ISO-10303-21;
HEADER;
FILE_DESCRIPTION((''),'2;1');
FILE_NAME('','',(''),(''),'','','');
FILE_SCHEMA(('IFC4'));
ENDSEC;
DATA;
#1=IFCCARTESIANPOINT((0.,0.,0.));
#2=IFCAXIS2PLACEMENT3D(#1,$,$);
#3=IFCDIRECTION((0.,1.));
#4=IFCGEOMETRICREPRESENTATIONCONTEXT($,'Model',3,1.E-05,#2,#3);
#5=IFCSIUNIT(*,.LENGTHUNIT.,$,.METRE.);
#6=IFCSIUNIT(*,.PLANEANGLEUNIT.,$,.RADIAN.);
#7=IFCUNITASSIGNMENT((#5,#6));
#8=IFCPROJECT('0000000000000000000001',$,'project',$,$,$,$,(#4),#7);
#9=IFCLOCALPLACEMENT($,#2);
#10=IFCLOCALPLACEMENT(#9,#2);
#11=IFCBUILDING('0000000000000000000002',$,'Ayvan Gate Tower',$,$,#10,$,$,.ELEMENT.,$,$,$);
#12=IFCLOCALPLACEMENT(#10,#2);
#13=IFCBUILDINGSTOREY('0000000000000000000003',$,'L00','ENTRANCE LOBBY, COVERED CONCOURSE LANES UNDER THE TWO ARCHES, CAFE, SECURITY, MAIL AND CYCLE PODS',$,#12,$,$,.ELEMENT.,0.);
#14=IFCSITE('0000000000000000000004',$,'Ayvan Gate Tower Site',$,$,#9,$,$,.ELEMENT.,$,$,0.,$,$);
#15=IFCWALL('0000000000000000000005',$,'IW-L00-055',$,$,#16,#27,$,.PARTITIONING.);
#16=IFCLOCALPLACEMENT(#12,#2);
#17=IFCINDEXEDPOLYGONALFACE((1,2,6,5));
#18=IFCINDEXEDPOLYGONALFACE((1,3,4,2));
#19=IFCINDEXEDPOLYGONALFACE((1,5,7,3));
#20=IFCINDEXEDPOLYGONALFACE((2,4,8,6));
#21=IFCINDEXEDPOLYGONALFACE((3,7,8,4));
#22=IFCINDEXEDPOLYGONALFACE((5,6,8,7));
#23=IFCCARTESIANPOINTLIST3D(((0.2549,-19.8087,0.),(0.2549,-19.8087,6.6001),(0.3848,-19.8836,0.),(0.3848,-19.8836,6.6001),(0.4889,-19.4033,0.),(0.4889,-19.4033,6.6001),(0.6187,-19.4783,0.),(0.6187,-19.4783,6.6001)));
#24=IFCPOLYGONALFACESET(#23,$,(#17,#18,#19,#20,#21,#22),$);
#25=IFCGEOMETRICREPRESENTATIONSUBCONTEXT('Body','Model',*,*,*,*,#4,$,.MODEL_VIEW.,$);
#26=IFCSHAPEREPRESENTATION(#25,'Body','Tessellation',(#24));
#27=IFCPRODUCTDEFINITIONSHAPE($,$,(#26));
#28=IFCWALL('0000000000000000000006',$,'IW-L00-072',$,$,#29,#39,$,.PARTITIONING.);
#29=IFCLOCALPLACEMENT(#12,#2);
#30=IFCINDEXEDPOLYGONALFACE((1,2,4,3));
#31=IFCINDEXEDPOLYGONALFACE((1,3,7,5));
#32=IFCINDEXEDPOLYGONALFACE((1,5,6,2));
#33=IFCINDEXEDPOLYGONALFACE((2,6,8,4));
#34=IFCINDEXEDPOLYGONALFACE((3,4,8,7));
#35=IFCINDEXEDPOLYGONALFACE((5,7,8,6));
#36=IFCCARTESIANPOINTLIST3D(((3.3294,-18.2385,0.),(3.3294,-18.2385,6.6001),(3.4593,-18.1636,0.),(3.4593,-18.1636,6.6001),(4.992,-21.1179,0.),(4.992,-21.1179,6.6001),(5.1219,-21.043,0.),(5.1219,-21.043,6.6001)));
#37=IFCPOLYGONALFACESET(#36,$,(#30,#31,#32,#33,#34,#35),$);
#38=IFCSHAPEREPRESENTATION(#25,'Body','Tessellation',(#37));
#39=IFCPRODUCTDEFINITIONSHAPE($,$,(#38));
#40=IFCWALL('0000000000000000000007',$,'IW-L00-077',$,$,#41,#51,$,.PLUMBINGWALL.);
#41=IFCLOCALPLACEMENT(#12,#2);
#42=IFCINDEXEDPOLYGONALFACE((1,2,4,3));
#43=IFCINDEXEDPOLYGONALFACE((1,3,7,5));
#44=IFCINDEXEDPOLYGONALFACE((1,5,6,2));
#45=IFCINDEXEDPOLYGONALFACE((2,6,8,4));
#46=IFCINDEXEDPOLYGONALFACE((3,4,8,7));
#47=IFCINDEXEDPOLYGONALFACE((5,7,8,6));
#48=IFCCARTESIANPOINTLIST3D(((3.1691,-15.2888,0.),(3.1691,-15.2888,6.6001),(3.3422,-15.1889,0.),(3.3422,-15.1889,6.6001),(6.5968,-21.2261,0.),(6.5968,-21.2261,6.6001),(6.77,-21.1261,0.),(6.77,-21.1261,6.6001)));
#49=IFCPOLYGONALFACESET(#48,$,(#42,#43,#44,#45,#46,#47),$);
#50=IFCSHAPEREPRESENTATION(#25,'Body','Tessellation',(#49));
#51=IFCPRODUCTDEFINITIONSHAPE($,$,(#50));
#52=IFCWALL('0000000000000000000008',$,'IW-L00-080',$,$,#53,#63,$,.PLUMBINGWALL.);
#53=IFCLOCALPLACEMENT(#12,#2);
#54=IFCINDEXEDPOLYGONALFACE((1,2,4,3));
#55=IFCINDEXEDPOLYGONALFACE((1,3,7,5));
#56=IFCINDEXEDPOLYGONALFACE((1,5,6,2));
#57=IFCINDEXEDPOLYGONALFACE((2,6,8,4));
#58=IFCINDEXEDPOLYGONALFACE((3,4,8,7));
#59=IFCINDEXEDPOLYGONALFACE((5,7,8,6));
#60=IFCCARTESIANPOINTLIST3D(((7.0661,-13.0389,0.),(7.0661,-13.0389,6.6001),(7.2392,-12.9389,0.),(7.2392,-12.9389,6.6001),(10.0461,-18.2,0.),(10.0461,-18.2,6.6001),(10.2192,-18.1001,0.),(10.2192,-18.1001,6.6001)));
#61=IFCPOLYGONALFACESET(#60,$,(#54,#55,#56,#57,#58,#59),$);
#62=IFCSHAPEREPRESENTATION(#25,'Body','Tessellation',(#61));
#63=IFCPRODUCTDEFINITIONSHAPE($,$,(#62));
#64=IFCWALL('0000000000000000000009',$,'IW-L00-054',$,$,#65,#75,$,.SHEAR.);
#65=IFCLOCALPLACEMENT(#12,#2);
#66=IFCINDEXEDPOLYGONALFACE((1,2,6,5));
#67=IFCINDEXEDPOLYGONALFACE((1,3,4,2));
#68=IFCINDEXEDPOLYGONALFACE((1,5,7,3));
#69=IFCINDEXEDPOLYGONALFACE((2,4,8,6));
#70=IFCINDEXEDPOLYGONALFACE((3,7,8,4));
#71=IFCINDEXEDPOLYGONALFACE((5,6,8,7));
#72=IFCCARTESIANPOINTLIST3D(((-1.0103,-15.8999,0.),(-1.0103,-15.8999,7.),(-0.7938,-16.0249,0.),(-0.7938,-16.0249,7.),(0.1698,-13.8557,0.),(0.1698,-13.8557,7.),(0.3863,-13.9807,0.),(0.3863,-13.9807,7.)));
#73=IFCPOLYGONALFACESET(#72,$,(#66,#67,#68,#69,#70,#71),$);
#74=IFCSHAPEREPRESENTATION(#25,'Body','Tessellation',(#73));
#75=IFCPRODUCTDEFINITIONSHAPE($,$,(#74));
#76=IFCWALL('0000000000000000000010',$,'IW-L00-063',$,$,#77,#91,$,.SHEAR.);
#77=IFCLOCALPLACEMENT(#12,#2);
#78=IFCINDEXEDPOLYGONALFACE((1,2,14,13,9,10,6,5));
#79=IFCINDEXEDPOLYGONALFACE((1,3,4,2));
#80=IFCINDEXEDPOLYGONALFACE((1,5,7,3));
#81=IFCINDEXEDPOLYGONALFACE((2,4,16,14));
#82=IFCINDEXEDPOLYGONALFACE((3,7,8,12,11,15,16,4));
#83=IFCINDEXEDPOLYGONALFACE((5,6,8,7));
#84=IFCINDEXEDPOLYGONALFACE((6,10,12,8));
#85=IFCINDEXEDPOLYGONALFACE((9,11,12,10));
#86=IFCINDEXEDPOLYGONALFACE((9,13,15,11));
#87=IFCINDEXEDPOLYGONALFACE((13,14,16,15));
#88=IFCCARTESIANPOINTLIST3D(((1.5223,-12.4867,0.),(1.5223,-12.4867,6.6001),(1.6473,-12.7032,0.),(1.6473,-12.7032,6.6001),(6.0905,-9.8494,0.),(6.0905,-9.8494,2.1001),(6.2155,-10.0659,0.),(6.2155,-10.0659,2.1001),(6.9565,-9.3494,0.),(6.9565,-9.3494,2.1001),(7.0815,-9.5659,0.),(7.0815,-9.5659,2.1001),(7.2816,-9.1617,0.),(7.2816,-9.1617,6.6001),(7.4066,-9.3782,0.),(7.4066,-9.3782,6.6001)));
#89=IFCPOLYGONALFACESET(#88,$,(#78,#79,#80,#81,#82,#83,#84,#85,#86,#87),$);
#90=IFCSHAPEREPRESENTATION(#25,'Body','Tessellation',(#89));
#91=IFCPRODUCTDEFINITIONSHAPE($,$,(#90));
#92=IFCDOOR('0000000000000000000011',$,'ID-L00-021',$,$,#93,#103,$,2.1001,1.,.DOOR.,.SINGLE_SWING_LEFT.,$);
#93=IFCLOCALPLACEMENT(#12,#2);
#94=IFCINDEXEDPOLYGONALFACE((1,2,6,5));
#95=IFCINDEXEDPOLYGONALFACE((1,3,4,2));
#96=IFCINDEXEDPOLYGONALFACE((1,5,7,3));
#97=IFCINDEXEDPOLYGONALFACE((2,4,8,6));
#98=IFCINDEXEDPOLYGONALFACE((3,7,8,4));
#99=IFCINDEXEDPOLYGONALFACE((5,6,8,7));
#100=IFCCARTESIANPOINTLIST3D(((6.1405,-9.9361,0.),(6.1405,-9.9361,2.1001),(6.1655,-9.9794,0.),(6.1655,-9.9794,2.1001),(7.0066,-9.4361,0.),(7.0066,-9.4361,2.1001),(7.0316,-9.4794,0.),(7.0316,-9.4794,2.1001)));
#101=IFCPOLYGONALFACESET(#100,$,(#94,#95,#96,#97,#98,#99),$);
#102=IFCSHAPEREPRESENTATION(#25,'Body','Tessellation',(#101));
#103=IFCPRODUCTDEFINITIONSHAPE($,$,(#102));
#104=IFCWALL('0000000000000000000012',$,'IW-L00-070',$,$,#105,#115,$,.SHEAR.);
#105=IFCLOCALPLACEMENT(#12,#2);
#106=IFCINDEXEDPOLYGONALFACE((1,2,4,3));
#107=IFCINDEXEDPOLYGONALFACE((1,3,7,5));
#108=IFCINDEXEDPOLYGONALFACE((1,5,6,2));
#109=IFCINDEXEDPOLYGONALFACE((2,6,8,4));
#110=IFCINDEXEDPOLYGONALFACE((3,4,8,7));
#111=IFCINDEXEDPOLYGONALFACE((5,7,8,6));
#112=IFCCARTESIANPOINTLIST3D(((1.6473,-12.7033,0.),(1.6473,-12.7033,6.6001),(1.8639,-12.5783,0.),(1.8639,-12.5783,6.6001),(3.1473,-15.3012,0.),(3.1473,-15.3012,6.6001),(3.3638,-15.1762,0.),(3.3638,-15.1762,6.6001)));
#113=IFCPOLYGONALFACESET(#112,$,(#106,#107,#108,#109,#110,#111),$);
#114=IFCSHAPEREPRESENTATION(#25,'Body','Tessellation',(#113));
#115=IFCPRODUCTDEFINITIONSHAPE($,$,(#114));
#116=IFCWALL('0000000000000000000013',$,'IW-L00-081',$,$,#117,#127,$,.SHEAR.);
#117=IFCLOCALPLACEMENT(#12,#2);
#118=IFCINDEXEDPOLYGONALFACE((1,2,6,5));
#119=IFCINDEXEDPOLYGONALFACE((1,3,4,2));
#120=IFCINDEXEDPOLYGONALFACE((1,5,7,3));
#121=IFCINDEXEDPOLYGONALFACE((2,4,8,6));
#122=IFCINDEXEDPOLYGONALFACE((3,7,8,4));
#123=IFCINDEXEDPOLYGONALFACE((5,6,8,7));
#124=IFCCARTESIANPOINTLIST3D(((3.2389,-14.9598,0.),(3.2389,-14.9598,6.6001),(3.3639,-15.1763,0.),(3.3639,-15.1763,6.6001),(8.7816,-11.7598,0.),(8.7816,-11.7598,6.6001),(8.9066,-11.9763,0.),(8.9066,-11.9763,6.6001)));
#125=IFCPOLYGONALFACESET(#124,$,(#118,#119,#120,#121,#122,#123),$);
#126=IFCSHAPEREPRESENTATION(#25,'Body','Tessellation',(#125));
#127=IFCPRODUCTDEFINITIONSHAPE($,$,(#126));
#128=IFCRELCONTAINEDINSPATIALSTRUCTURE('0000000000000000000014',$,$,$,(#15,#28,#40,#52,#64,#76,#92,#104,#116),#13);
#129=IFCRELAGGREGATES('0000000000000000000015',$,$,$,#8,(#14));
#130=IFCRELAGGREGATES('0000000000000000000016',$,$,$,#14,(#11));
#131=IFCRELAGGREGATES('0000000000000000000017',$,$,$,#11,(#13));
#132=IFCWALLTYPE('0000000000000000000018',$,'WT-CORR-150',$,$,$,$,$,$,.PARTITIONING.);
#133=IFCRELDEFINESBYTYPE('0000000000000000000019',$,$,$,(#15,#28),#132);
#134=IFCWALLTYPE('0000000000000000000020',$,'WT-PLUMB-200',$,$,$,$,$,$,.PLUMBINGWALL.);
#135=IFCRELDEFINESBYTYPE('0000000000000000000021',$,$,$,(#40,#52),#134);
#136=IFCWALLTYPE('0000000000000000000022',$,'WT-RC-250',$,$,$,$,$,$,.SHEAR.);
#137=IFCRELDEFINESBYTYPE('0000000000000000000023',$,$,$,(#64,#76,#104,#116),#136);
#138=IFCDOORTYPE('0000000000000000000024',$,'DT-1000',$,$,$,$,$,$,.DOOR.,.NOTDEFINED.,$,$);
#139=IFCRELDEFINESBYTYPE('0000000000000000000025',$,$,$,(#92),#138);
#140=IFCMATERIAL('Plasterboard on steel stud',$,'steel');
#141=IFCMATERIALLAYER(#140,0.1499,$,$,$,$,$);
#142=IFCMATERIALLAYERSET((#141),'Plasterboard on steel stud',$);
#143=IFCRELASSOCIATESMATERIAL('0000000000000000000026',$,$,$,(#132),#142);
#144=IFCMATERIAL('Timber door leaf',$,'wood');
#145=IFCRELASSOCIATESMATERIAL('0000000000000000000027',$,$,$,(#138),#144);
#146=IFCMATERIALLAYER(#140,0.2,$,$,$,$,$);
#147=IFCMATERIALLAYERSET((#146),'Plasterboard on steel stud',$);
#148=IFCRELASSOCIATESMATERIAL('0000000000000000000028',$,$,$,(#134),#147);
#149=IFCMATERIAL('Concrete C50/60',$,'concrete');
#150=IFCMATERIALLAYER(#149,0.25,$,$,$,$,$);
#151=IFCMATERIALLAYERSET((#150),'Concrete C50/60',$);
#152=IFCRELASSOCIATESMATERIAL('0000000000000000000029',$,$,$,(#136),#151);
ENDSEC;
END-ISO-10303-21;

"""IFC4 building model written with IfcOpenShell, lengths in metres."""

from ifc_helpers import new_model, si_unit, direction, frame, frame_2d, origin, place, context, subcontext, project, spatial, rectangle, extrude, material, layer, layer_set, type_object, element, fill, save


model = new_model("IFC4")

# Units and contexts
model_context = context("Model", 3, precision=1e-05, world=origin(), true_north=direction((0.0, 1.0)))
body_context = subcontext(model_context, "Body", "Model", "MODEL_VIEW")
ifc_project = project(units=[si_unit("LENGTHUNIT", "METRE"), si_unit("PLANEANGLEUNIT", "RADIAN")], contexts=[model_context])

# Site, building, storey
site_placement = place(None, origin())
site = spatial("IfcSite", under=ifc_project, at=site_placement, Name="Ayvan Gate Tower Site", CompositionType="ELEMENT", RefElevation=0.0)
building_placement = place(site_placement, origin())
building = spatial("IfcBuilding", under=site, at=building_placement, Name="Ayvan Gate Tower", CompositionType="ELEMENT")
storey_placement = place(building_placement, origin())
storey = spatial("IfcBuildingStorey", under=building, at=storey_placement, Name="L00", Description="ENTRANCE LOBBY, COVERED CONCOURSE LANES UNDER THE TWO ARCHES, CAFE, SECURITY, MAIL AND CYCLE PODS", CompositionType="ELEMENT", Elevation=0.0)

# Shared definitions
ifc_material_1 = material(Name="Plasterboard on steel stud", Category="steel")
ifc_layer_1 = layer(ifc_material_1, 0.1499)
ifc_layer_set_1 = layer_set([ifc_layer_1], Name="Plasterboard on steel stud")
wall_type_1 = type_object("IfcWallType", Name="WT-CORR-150", PredefinedType="PARTITIONING", material=ifc_layer_set_1)
ifc_material_2 = material(Name="Timber door leaf", Category="wood")
door_type = type_object("IfcDoorType", Name="DT-1000", OperationType="NOTDEFINED", PredefinedType="DOOR", material=ifc_material_2)

# Walls
wall_1_placement = place(storey_placement, frame((0.5537, -19.4409, 0.0), z_axis=(0.0, 0.0, 1.0), x_axis=(-0.499843, -0.866116, 0.0)))
element("IfcWall", 1, at=wall_1_placement, inside=storey, type_object=wall_type_1, Name="IW-L00-055", PredefinedType="PARTITIONING", context=body_context, shape_type="SweptSolid", body=[
    extrude(rectangle(XDim=0.468, YDim=0.1499, at=frame_2d((0.2339, 0.0))), origin(), (0.0, 0.0, 1.0), 6.6001),
])
wall_2_placement = place(storey_placement, frame((3.3943, -18.2009, 0.0), z_axis=(0.0, 0.0, 1.0), x_axis=(0.50004, -0.866002, 0.0)))
element("IfcWall", 2, at=wall_2_placement, inside=storey, type_object=wall_type_1, Name="IW-L00-072", PredefinedType="PARTITIONING", context=body_context, shape_type="SweptSolid", body=[
    extrude(rectangle(XDim=3.325, YDim=0.1499, at=frame_2d((1.6626, 0.0))), origin(), (0.0, 0.0, 1.0), 6.6001),
])
ifc_layer_2 = layer(ifc_material_1, 0.2)
ifc_layer_set_2 = layer_set([ifc_layer_2], Name="Plasterboard on steel stud")
wall_type_2 = type_object("IfcWallType", Name="WT-PLUMB-200", PredefinedType="PLUMBINGWALL", material=ifc_layer_set_2)
wall_3_placement = place(storey_placement, frame((6.6833, -21.176, 0.0), z_axis=(0.0, 0.0, 1.0), x_axis=(-0.499984, 0.866034, 0.0)))
element("IfcWall", 3, at=wall_3_placement, inside=storey, type_object=wall_type_2, Name="IW-L00-077", PredefinedType="PLUMBINGWALL", context=body_context, shape_type="SweptSolid", body=[
    extrude(rectangle(XDim=6.8557, YDim=0.2, at=frame_2d((3.4277, 0.0))), origin(), (0.0, 0.0, 1.0), 6.6001),
])
wall_4_placement = place(storey_placement, frame((7.1526, -12.9888, 0.0), z_axis=(0.0, 0.0, 1.0), x_axis=(0.500025, -0.866011, 0.0)))
element("IfcWall", 4, at=wall_4_placement, inside=storey, type_object=wall_type_2, Name="IW-L00-080", PredefinedType="PLUMBINGWALL", context=body_context, shape_type="SweptSolid", body=[
    extrude(rectangle(XDim=5.9597, YDim=0.2, at=frame_2d((2.98, 0.0))), origin(), (0.0, 0.0, 1.0), 6.6001),
])
ifc_material_3 = material(Name="Concrete C50/60", Category="concrete")
ifc_layer_3 = layer(ifc_material_3, 0.25)
ifc_layer_set_3 = layer_set([ifc_layer_3], Name="Concrete C50/60")
wall_type_3 = type_object("IfcWallType", Name="WT-RC-250", PredefinedType="SHEAR", material=ifc_layer_set_3)
wall_5_placement = place(storey_placement, frame((0.2781, -13.9182, 0.0), z_axis=(0.0, 0.0, 1.0), x_axis=(-0.499988, -0.866032, 0.0)))
element("IfcWall", 5, at=wall_5_placement, inside=storey, type_object=wall_type_3, Name="IW-L00-054", PredefinedType="SHEAR", context=body_context, shape_type="SweptSolid", body=[
    extrude(rectangle(XDim=2.3604, YDim=0.25, at=frame_2d((1.1802, 0.0))), origin(), (0.0, 0.0, 1.0), 7.0),
])

# Wall, opening, door
wall_6_placement = place(storey_placement, frame((1.5847, -12.595, 0.0), z_axis=(0.0, 0.0, 1.0), x_axis=(0.866036, 0.499981, 0.0)))
wall_6 = element("IfcWall", 6, at=wall_6_placement, inside=storey, type_object=wall_type_3, Name="IW-L00-063", PredefinedType="SHEAR", context=body_context, shape_type="SweptSolid", body=[
    extrude(rectangle(XDim=6.6501, YDim=0.25, at=frame_2d((3.3252, 0.0))), origin(), (0.0, 0.0, 1.0), 6.6001),
])
opening_1_placement = place(wall_6_placement, frame((5.2749, 0.0, 0.0)))
opening_1 = element("IfcOpeningElement", 7, at=opening_1_placement, cuts=wall_6, PredefinedType="OPENING", context=body_context, shape_type="SweptSolid", body=[
    extrude(rectangle(XDim=1.0, YDim=2.1001, at=frame_2d((0.5, 1.05))), frame((0.0, 0.135, 0.0), z_axis=(0.0, -1.0, 0.0), x_axis=(1.0, 0.0, 0.0)), (0.0, 0.0, 1.0), 0.27),
])
door_1_placement = place(opening_1_placement, origin())
door_1 = element("IfcDoor", 8, at=door_1_placement, inside=storey, type_object=door_type, Name="ID-L00-021", OperationType="SINGLE_SWING_LEFT", OverallHeight=2.1001, OverallWidth=1.0, PredefinedType="DOOR", context=body_context, shape_type="SweptSolid", body=[
    extrude(rectangle(XDim=1.0, YDim=2.1001, at=frame_2d((0.5, 1.05))), frame((0.0, 0.0249, 0.0), z_axis=(0.0, -1.0, 0.0), x_axis=(1.0, 0.0, 0.0)), (0.0, 0.0, 1.0), 0.05),
])
fill(opening_1, door_1)

# Walls
wall_7_placement = place(storey_placement, frame((3.2556, -15.2388, 0.0), z_axis=(0.0, 0.0, 1.0), x_axis=(-0.500025, 0.866011, 0.0)))
element("IfcWall", 9, at=wall_7_placement, inside=storey, type_object=wall_type_3, Name="IW-L00-070", PredefinedType="SHEAR", context=body_context, shape_type="SweptSolid", body=[
    extrude(rectangle(XDim=2.9998, YDim=0.25, at=frame_2d((1.5, 0.0))), origin(), (0.0, 0.0, 1.0), 6.6001),
])
wall_8_placement = place(storey_placement, frame((3.3013, -15.0681, 0.0), z_axis=(0.0, 0.0, 1.0), x_axis=(0.866035, 0.499983, 0.0)))
element("IfcWall", 10, at=wall_8_placement, inside=storey, type_object=wall_type_3, Name="IW-L00-081", PredefinedType="SHEAR", context=body_context, shape_type="SweptSolid", body=[
    extrude(rectangle(XDim=6.4001, YDim=0.25, at=frame_2d((3.2002, 0.0))), origin(), (0.0, 0.0, 1.0), 6.6001),
])

save(model, "model.ifc")
